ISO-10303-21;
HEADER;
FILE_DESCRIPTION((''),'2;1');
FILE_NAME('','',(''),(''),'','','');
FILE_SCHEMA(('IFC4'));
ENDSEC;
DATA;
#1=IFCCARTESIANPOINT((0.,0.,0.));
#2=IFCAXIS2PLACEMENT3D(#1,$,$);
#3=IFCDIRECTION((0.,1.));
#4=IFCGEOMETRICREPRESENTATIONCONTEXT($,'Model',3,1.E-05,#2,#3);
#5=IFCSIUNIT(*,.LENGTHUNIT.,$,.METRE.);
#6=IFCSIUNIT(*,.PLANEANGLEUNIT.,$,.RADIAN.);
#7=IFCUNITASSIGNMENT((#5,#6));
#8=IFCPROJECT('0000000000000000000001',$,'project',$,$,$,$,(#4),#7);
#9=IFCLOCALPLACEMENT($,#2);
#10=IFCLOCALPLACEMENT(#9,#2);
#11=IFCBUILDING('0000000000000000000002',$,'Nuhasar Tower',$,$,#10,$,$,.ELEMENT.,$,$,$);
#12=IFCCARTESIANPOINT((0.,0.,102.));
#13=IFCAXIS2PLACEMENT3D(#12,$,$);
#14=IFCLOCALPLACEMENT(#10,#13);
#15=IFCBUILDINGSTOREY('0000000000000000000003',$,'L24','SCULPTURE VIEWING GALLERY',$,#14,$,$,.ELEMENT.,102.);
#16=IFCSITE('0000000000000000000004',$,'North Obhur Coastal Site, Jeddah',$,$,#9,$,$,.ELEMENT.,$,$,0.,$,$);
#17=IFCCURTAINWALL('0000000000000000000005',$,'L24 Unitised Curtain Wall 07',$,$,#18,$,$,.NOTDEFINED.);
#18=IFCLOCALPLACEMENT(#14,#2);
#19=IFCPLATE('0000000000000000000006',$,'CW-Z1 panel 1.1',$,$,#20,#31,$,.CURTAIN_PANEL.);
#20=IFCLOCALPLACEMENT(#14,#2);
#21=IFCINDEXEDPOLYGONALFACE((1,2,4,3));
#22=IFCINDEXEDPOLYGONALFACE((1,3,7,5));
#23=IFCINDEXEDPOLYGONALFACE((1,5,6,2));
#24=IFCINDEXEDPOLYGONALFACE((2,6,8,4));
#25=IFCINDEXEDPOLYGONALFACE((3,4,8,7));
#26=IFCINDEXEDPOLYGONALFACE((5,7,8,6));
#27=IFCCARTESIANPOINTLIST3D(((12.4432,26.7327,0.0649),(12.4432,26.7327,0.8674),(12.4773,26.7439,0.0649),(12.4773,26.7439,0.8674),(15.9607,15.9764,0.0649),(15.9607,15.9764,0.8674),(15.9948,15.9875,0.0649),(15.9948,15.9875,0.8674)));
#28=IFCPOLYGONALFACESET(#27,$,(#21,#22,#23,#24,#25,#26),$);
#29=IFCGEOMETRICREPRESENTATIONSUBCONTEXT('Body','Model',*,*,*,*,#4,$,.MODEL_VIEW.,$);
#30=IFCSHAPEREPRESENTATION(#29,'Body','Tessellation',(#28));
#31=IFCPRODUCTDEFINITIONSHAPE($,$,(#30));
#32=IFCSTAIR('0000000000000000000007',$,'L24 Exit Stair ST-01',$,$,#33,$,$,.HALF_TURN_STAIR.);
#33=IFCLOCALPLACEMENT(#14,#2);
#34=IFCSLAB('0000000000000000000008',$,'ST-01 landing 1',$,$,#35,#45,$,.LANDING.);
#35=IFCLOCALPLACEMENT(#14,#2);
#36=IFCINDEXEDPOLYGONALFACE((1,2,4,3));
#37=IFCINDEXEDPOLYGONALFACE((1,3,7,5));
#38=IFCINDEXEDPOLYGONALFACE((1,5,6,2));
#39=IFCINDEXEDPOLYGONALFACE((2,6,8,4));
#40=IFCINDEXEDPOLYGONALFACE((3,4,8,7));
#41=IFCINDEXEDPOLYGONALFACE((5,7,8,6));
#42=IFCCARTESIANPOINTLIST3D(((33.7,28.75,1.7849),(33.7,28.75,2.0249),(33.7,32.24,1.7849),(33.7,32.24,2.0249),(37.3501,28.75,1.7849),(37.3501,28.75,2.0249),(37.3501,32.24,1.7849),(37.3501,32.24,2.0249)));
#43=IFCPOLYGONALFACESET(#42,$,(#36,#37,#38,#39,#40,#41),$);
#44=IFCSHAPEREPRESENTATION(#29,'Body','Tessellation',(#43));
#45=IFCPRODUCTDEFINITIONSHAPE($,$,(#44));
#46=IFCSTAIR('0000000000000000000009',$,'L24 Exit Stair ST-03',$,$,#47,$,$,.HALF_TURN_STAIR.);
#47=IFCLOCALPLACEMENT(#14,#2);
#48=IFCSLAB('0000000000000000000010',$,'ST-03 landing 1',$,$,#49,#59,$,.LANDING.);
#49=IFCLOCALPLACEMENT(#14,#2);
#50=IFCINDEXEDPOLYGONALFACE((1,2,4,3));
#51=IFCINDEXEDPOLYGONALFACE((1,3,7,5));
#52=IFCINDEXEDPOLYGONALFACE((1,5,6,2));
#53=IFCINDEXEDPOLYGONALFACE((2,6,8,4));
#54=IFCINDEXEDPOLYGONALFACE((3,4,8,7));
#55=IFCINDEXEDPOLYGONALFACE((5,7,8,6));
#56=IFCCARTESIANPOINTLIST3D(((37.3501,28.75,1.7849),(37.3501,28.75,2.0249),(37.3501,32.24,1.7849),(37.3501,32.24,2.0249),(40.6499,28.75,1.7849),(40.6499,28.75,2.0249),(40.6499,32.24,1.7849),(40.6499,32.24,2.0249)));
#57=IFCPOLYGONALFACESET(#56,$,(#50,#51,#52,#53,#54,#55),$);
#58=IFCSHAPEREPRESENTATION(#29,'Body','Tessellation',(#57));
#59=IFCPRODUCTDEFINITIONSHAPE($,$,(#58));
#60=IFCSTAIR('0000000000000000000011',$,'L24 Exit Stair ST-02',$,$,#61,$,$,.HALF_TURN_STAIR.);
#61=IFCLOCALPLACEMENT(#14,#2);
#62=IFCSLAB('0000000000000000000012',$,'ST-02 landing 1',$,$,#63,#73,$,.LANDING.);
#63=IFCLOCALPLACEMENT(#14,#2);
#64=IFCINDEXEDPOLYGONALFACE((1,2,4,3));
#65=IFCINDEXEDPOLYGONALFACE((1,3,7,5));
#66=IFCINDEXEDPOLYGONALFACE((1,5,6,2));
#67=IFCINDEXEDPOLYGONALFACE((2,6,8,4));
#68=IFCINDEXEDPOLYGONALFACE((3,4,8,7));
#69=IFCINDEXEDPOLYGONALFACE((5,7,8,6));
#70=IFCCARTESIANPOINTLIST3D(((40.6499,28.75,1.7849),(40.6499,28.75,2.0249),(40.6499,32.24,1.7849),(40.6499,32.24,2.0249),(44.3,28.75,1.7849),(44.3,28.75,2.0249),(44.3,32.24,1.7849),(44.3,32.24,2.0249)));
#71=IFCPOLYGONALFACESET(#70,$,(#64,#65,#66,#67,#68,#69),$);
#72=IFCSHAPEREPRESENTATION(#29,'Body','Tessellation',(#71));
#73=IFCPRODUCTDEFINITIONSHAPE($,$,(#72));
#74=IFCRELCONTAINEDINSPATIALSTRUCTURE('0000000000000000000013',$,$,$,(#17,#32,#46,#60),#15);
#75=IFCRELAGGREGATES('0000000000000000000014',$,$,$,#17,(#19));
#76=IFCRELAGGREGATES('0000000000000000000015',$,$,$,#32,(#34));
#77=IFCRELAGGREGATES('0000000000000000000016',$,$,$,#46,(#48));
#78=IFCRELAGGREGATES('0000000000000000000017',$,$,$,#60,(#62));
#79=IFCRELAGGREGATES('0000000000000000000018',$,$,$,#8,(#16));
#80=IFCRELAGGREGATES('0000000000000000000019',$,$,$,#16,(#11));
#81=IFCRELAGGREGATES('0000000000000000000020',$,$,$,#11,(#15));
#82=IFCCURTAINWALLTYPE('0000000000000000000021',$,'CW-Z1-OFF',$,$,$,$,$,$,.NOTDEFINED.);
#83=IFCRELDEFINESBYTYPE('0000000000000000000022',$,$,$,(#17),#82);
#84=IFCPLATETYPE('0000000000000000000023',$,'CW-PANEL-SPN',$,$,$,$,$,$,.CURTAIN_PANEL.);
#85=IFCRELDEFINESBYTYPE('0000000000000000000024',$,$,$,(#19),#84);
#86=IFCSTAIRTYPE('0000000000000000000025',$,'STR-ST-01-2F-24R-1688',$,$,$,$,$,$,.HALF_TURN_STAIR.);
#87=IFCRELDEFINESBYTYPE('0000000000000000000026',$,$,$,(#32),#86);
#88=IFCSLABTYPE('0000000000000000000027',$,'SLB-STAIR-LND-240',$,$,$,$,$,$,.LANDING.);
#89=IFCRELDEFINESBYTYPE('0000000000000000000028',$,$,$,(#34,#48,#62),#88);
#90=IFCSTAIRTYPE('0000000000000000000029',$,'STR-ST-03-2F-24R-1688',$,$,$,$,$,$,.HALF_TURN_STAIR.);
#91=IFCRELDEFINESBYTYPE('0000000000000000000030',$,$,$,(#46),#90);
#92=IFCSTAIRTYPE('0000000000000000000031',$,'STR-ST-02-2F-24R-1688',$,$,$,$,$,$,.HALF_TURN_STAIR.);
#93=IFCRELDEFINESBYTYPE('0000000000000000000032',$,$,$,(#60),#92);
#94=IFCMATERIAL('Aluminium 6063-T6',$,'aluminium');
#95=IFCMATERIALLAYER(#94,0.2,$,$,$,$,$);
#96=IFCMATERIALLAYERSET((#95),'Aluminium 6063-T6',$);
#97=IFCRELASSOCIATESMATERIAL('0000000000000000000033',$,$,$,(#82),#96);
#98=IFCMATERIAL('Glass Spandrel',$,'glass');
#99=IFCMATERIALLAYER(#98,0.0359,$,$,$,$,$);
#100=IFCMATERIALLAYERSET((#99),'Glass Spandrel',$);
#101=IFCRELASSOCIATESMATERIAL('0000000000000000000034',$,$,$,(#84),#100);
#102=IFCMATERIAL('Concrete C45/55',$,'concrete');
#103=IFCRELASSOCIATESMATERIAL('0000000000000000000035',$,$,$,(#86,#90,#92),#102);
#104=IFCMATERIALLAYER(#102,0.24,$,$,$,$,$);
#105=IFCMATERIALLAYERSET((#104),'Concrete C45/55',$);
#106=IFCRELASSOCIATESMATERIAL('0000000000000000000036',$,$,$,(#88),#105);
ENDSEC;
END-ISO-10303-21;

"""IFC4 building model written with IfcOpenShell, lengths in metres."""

from ifc_helpers import new_model, si_unit, direction, frame, origin, origin_2d, place, context, subcontext, project, spatial, polyline, rectangle, outline, extrude, material, layer, layer_set, type_object, element, aggregate, save


model = new_model("IFC4")

# Units and contexts
model_context = context("Model", 3, precision=1e-05, world=origin(), true_north=direction((0.0, 1.0)))
body_context = subcontext(model_context, "Body", "Model", "MODEL_VIEW")
ifc_project = project(units=[si_unit("LENGTHUNIT", "METRE"), si_unit("PLANEANGLEUNIT", "RADIAN")], contexts=[model_context])

# Site, building, storey
site_placement = place(None, origin())
site = spatial("IfcSite", under=ifc_project, at=site_placement, Name="North Obhur Coastal Site, Jeddah", CompositionType="ELEMENT", RefElevation=0.0)
building_placement = place(site_placement, origin())
building = spatial("IfcBuilding", under=site, at=building_placement, Name="Nuhasar Tower", CompositionType="ELEMENT")
storey_placement = place(building_placement, frame((0.0, 0.0, 102.0)))
storey = spatial("IfcBuildingStorey", under=building, at=storey_placement, Name="L24", Description="SCULPTURE VIEWING GALLERY", CompositionType="ELEMENT", Elevation=102.0)

# Curtain wall
ifc_material_1 = material(Name="Aluminium 6063-T6", Category="aluminium")
ifc_layer_1 = layer(ifc_material_1, 0.2)
ifc_layer_set_1 = layer_set([ifc_layer_1], Name="Aluminium 6063-T6")
curtain_wall_type = type_object("IfcCurtainWallType", Name="CW-Z1-OFF", PredefinedType="NOTDEFINED", material=ifc_layer_set_1)
curtain_wall_1_placement = place(storey_placement, origin())
curtain_wall_1 = element("IfcCurtainWall", 1, at=curtain_wall_1_placement, inside=storey, type_object=curtain_wall_type, Name="L24 Unitised Curtain Wall 07", PredefinedType="NOTDEFINED")

# Plate
ifc_material_2 = material(Name="Glass Spandrel", Category="glass")
ifc_layer_2 = layer(ifc_material_2, 0.0359)
ifc_layer_set_2 = layer_set([ifc_layer_2], Name="Glass Spandrel")
plate_type_1 = type_object("IfcPlateType", Name="CW-PANEL-SPN", PredefinedType="CURTAIN_PANEL", material=ifc_layer_set_2)
plate_1_placement = place(storey_placement, frame((14.219, 21.3601, 0.0649), z_axis=(0.0, 0.0, 1.0), x_axis=(0.310824, -0.950468, 0.0)))
plate_1 = element("IfcPlate", 2, at=plate_1_placement, type_object=plate_type_1, Name="CW-Z1 panel 1.1", PredefinedType="CURTAIN_PANEL", context=body_context, shape_type="SweptSolid", body=[
    extrude(rectangle(XDim=11.3169, YDim=0.0359, at=origin_2d()), origin(), (0.0, 0.0, 1.0), 0.8025),
])
aggregate(curtain_wall_1, [plate_1])

# Stairs, slabs
ifc_material_3 = material(Name="Concrete C45/55", Category="concrete")
stair_type_1 = type_object("IfcStairType", Name="STR-ST-01-2F-24R-1688", PredefinedType="HALF_TURN_STAIR", material=ifc_material_3)
stair_1_placement = place(storey_placement, origin())
stair_1 = element("IfcStair", 3, at=stair_1_placement, inside=storey, type_object=stair_type_1, Name="L24 Exit Stair ST-01", PredefinedType="HALF_TURN_STAIR")
ifc_layer_3 = layer(ifc_material_3, 0.24)
ifc_layer_set_3 = layer_set([ifc_layer_3], Name="Concrete C45/55")
slab_type_1 = type_object("IfcSlabType", Name="SLB-STAIR-LND-240", PredefinedType="LANDING", material=ifc_layer_set_3)
slab_1_placement = place(storey_placement, frame((0.0, 0.0, 1.7849)))
slab_1 = element("IfcSlab", 4, at=slab_1_placement, type_object=slab_type_1, Name="ST-01 landing 1", PredefinedType="LANDING", context=body_context, shape_type="SweptSolid", body=[
    extrude(outline(polyline([(33.7, 28.75), (37.3501, 28.75), (37.3501, 32.24), (33.7, 32.24), (33.7, 28.75)])), origin(), (0.0, 0.0, 1.0), 0.24),
])
aggregate(stair_1, [slab_1])
stair_type_2 = type_object("IfcStairType", Name="STR-ST-03-2F-24R-1688", PredefinedType="HALF_TURN_STAIR", material=ifc_material_3)
stair_2_placement = place(storey_placement, origin())
stair_2 = element("IfcStair", 5, at=stair_2_placement, inside=storey, type_object=stair_type_2, Name="L24 Exit Stair ST-03", PredefinedType="HALF_TURN_STAIR")
slab_2_placement = place(storey_placement, frame((0.0, 0.0, 1.7849)))
slab_2 = element("IfcSlab", 6, at=slab_2_placement, type_object=slab_type_1, Name="ST-03 landing 1", PredefinedType="LANDING", context=body_context, shape_type="SweptSolid", body=[
    extrude(outline(polyline([(37.3501, 28.75), (40.6499, 28.75), (40.6499, 32.24), (37.3501, 32.24), (37.3501, 28.75)])), origin(), (0.0, 0.0, 1.0), 0.24),
])
aggregate(stair_2, [slab_2])
stair_type_3 = type_object("IfcStairType", Name="STR-ST-02-2F-24R-1688", PredefinedType="HALF_TURN_STAIR", material=ifc_material_3)
stair_3_placement = place(storey_placement, origin())
stair_3 = element("IfcStair", 7, at=stair_3_placement, inside=storey, type_object=stair_type_3, Name="L24 Exit Stair ST-02", PredefinedType="HALF_TURN_STAIR")
slab_3_placement = place(storey_placement, frame((0.0, 0.0, 1.7849)))
slab_3 = element("IfcSlab", 8, at=slab_3_placement, type_object=slab_type_1, Name="ST-02 landing 1", PredefinedType="LANDING", context=body_context, shape_type="SweptSolid", body=[
    extrude(outline(polyline([(40.6499, 28.75), (44.3, 28.75), (44.3, 32.24), (40.6499, 32.24), (40.6499, 28.75)])), origin(), (0.0, 0.0, 1.0), 0.24),
])
aggregate(stair_3, [slab_3])

save(model, "model.ifc")
